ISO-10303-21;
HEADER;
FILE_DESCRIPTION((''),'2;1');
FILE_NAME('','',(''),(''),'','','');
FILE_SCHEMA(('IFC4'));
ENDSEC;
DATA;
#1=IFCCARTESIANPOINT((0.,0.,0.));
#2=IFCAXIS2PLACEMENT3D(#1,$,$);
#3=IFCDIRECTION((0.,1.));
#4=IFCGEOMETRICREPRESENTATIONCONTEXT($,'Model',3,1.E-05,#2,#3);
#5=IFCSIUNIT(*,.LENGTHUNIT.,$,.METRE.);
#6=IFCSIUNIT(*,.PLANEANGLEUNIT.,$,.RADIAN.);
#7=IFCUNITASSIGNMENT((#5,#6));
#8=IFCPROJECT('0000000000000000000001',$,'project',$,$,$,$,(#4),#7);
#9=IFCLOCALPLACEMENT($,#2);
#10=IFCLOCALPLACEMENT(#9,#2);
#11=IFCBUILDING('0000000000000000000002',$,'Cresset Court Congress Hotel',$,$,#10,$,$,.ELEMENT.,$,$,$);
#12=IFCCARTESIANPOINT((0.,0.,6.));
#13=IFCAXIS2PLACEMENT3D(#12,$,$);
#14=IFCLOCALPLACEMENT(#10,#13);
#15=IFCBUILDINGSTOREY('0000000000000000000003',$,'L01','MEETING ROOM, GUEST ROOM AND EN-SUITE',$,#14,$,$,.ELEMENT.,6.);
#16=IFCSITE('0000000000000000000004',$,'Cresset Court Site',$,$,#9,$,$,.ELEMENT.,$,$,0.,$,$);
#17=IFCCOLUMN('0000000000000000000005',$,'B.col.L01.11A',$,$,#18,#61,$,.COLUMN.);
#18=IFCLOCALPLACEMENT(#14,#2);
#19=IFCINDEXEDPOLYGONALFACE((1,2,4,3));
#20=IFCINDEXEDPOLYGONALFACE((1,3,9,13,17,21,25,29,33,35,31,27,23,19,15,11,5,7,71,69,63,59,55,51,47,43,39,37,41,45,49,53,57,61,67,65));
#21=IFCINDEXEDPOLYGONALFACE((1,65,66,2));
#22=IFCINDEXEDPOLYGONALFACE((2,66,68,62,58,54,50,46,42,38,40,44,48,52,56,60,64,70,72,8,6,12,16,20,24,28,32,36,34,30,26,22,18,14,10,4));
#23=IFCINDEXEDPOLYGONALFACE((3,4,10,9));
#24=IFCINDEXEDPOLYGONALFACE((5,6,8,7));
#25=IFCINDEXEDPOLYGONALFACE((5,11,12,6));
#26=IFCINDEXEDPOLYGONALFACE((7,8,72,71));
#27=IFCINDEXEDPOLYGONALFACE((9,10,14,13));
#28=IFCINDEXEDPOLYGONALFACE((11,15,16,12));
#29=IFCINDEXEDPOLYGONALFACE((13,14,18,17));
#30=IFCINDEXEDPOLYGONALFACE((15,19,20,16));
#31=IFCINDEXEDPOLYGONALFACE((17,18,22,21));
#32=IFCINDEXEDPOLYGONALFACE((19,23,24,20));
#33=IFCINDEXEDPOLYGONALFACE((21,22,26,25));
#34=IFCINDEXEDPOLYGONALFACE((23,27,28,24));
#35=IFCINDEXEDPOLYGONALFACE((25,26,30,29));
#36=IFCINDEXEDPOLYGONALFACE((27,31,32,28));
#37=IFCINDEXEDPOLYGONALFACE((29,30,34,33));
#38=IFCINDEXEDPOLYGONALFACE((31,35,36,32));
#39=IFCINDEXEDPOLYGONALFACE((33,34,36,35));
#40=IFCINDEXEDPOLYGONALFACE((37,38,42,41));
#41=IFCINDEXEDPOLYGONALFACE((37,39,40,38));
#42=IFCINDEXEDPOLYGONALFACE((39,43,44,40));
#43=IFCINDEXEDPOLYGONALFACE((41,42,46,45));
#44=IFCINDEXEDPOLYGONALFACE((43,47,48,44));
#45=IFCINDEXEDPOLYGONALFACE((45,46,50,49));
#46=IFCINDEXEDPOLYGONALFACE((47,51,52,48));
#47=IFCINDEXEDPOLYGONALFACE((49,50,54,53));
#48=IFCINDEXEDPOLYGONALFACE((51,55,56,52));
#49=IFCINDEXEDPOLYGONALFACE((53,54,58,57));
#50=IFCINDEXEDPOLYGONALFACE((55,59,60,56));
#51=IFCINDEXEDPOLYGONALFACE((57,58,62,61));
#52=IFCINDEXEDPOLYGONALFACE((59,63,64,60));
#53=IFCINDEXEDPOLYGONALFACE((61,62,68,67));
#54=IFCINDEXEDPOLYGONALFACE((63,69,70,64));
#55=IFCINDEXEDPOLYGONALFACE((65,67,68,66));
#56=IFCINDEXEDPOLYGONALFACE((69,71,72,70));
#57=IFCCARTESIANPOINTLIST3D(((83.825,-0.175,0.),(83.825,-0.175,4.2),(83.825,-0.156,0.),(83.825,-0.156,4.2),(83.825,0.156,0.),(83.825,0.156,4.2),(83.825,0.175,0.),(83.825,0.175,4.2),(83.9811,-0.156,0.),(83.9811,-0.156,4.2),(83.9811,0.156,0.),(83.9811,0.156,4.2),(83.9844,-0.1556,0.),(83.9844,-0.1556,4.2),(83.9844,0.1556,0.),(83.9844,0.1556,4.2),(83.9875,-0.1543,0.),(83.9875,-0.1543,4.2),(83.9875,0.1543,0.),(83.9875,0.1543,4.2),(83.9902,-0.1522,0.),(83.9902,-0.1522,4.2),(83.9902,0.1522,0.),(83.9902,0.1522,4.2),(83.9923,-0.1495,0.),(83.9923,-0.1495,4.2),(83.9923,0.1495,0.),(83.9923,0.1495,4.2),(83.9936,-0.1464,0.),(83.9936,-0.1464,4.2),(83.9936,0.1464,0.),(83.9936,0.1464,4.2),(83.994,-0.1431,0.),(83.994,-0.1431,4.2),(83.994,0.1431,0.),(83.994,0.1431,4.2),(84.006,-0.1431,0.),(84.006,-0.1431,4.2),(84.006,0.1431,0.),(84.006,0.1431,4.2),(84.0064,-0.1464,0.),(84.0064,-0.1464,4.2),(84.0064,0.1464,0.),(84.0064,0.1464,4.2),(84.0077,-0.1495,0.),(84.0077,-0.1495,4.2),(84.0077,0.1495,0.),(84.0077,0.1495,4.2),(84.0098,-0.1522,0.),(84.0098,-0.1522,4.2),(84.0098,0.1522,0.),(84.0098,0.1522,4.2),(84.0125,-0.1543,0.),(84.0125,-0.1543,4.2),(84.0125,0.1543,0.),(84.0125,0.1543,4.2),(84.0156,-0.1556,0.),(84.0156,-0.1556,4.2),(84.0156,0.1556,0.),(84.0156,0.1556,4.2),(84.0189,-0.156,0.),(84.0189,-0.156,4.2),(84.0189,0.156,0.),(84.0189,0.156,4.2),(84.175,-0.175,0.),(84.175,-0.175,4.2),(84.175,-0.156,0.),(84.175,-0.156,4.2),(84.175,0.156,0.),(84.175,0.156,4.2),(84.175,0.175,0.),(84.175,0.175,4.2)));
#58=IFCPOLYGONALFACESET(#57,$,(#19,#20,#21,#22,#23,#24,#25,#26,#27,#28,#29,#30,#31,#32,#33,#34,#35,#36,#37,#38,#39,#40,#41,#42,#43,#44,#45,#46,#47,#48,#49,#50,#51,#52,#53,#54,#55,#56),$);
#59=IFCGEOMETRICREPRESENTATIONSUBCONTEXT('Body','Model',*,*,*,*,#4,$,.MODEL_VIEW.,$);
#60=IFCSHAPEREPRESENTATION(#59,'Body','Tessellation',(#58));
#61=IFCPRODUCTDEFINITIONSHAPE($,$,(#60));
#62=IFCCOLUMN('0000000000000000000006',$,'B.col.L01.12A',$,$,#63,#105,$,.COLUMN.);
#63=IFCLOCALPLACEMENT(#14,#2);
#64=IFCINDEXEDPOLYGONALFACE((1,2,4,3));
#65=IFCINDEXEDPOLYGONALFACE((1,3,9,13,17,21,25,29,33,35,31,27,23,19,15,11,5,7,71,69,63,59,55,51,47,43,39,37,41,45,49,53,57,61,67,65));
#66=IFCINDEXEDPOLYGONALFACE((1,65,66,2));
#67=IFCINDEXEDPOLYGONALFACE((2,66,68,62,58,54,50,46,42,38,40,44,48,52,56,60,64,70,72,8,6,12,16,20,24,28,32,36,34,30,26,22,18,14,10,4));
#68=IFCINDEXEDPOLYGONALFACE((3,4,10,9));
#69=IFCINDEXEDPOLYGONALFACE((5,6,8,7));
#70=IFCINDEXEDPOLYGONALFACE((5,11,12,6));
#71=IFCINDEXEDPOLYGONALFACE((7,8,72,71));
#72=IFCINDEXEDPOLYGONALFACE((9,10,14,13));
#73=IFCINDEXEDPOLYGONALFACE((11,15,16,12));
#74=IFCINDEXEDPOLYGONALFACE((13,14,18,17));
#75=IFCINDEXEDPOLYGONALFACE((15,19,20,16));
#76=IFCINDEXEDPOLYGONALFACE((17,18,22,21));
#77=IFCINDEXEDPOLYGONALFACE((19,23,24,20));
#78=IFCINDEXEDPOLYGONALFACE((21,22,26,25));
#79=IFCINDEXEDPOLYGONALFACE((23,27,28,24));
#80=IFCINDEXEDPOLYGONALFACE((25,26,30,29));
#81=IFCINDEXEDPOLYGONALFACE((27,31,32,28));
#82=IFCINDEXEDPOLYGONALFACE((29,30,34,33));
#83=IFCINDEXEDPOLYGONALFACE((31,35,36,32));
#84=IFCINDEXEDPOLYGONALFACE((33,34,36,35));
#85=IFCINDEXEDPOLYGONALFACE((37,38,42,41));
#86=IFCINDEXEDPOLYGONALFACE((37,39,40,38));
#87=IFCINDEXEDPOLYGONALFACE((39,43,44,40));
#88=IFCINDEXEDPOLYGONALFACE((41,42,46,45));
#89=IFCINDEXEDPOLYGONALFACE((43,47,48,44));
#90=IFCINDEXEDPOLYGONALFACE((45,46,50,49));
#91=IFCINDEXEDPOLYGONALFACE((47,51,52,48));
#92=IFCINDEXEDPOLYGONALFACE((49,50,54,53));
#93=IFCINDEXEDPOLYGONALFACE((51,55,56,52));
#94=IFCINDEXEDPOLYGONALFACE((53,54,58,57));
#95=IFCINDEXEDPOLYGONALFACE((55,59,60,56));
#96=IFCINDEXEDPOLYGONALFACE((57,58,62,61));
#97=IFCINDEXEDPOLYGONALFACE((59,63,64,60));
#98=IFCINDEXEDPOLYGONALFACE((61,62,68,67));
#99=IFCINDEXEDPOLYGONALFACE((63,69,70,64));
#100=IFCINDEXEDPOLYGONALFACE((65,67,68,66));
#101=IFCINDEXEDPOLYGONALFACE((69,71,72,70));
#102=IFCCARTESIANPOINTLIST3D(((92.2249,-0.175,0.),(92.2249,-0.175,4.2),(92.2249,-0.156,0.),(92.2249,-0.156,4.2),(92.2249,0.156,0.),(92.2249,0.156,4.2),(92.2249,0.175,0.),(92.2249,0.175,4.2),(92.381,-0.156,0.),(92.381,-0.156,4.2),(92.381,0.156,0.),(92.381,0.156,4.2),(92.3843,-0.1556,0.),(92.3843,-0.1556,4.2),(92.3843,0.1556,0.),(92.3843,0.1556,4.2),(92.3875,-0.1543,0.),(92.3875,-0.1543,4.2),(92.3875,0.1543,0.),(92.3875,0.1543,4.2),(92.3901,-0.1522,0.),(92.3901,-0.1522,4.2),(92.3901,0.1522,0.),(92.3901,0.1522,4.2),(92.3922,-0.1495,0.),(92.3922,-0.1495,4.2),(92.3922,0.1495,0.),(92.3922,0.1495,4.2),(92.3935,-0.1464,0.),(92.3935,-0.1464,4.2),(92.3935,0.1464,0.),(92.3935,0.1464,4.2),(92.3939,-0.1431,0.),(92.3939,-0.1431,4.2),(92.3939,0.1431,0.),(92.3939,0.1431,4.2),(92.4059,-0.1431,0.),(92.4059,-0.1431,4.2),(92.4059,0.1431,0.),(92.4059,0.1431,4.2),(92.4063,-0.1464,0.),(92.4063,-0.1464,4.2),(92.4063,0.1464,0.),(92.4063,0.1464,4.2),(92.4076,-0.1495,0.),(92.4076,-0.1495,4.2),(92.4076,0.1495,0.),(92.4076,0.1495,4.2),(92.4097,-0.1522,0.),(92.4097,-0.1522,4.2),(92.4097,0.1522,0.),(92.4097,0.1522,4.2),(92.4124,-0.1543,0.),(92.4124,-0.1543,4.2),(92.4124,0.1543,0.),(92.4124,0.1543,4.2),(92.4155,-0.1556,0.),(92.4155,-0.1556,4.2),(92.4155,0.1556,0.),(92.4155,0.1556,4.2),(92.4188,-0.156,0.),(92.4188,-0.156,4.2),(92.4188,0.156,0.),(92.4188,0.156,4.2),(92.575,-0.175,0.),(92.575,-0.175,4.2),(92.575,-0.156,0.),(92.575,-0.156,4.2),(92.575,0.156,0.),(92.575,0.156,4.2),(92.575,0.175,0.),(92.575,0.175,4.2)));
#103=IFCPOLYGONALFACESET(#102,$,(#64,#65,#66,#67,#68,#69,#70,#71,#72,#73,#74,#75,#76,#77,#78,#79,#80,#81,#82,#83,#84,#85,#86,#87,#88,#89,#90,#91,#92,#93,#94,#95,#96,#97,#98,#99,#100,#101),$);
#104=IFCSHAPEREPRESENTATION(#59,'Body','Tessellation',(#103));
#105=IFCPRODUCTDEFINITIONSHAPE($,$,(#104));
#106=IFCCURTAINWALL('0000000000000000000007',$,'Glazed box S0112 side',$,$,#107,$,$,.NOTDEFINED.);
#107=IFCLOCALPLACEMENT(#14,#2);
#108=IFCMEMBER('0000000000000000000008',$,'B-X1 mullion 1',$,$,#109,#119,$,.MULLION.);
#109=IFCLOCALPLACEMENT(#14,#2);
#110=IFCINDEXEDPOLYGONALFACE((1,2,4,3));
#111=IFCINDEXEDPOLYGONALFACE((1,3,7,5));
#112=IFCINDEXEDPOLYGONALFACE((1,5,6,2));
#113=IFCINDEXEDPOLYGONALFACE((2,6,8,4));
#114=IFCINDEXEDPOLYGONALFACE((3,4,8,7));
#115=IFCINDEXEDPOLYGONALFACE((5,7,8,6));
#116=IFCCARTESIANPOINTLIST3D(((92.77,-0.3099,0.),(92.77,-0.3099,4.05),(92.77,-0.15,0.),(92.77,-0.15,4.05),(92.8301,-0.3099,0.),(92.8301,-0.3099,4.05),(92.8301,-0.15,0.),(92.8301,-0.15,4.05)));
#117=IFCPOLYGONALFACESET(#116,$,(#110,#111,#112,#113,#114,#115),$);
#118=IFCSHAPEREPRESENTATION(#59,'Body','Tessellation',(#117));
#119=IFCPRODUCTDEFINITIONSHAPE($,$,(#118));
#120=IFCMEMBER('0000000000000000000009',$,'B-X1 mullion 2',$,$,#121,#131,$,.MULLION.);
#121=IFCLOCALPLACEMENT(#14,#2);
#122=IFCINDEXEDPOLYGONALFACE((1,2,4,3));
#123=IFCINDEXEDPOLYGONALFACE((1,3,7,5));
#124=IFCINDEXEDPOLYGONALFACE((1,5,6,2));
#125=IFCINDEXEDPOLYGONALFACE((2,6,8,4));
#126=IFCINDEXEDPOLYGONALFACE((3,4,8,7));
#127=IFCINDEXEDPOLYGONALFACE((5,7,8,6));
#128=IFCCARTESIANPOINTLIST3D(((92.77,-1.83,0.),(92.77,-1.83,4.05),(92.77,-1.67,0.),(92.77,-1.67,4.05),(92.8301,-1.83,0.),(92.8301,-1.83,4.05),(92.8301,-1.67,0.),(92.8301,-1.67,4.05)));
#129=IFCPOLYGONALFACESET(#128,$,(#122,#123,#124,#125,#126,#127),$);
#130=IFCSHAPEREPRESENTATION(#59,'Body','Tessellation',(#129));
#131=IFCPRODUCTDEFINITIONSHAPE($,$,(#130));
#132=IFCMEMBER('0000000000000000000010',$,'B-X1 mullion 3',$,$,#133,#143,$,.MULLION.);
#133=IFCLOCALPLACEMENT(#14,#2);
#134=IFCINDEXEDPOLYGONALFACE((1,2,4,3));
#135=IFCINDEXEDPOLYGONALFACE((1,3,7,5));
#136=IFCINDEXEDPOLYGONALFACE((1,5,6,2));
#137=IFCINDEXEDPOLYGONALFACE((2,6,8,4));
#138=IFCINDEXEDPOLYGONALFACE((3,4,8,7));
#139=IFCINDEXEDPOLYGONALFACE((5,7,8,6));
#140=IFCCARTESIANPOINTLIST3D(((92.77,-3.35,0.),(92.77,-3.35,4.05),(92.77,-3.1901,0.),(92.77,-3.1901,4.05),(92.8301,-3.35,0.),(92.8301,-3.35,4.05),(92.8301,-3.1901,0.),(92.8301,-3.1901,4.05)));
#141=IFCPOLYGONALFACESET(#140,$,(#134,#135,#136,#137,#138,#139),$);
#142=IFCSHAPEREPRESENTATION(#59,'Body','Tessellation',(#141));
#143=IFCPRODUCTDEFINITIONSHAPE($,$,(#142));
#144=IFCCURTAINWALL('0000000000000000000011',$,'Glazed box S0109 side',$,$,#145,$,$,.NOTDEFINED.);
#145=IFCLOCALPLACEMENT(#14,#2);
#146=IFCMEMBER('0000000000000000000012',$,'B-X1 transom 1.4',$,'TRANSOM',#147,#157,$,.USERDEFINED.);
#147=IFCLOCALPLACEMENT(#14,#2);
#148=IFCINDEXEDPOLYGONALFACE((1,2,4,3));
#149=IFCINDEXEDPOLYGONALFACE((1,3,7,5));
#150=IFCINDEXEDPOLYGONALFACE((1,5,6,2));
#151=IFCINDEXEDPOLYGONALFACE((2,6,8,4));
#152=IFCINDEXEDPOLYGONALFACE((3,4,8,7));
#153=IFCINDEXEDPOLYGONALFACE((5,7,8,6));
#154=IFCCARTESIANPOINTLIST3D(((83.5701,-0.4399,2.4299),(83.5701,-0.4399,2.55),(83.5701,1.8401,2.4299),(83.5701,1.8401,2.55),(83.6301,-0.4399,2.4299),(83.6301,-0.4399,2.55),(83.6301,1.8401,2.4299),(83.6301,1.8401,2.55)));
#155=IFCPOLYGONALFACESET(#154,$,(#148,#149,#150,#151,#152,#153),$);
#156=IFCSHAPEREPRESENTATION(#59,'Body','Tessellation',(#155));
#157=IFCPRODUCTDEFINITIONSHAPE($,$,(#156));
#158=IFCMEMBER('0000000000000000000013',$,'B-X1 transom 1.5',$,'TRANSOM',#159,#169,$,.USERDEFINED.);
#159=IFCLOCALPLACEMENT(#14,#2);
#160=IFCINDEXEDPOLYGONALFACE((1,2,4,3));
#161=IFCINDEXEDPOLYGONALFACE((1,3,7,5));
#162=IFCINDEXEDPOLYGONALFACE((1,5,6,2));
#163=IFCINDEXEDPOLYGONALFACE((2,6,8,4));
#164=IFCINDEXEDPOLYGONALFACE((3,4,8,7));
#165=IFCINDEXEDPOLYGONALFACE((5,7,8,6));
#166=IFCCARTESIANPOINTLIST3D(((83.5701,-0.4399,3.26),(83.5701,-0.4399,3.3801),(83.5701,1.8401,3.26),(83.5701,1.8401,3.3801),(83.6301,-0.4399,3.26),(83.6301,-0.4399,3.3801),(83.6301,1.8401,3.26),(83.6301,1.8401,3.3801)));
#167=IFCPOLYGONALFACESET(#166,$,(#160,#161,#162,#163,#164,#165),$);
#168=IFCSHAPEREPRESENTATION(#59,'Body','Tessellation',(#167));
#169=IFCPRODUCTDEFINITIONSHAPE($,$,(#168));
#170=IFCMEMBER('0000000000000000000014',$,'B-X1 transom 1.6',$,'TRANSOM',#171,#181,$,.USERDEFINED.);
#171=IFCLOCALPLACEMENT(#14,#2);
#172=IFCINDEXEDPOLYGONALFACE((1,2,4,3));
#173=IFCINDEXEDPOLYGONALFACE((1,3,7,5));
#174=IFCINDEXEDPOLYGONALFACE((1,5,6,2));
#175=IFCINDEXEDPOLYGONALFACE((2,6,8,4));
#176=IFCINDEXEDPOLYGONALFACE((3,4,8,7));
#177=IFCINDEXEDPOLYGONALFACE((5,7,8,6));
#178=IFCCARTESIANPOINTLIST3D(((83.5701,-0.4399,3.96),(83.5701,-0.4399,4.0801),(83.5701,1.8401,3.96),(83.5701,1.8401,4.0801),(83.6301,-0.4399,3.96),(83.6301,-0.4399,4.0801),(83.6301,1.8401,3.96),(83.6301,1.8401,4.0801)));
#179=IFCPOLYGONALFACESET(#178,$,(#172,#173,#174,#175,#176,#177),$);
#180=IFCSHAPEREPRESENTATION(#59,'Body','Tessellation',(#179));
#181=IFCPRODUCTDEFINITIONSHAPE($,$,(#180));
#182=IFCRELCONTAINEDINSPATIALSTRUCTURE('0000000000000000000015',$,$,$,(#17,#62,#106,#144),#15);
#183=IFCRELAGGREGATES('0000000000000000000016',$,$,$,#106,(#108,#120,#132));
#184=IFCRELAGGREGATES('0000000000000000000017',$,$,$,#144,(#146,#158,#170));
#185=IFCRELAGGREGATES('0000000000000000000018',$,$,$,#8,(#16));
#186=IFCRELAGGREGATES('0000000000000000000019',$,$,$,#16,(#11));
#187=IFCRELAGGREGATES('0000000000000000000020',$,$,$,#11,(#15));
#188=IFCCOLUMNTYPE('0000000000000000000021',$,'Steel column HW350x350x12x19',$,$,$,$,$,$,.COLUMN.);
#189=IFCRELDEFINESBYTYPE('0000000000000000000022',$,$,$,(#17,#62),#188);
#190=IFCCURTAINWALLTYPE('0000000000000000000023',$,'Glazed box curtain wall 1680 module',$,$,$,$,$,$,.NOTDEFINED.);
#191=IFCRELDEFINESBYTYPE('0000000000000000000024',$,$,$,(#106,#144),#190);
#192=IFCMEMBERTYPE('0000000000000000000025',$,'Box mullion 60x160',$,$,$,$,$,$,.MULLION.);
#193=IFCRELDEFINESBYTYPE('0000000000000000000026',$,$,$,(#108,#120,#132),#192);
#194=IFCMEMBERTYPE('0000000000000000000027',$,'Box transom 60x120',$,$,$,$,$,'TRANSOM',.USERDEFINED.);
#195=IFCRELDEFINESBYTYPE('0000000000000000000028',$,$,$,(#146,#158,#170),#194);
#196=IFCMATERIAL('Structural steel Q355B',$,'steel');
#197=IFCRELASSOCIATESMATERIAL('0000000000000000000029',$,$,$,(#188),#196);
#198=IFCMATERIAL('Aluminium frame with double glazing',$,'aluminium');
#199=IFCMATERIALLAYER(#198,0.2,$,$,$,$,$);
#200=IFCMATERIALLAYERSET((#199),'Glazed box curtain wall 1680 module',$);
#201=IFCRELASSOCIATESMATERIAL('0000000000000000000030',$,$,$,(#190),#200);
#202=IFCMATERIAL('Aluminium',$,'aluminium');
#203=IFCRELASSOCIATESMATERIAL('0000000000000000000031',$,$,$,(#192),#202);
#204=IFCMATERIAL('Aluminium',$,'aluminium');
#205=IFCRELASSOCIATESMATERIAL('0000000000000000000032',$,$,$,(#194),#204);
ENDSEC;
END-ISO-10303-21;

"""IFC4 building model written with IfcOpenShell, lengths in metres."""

from ifc_helpers import new_model, si_unit, direction, frame, origin, origin_2d, place, context, subcontext, project, spatial, rectangle, i_section, extrude, material, layer, layer_set, material_profile, profile_set, type_object, element, aggregate, save


model = new_model("IFC4")

# Units and contexts
model_context = context("Model", 3, precision=1e-05, world=origin(), true_north=direction((0.0, 1.0)))
body_context = subcontext(model_context, "Body", "Model", "MODEL_VIEW")
ifc_project = project(units=[si_unit("LENGTHUNIT", "METRE"), si_unit("PLANEANGLEUNIT", "RADIAN")], contexts=[model_context])

# Site, building, storey
site_placement = place(None, origin())
site = spatial("IfcSite", under=ifc_project, at=site_placement, Name="Cresset Court Site", CompositionType="ELEMENT", RefElevation=0.0)
building_placement = place(site_placement, origin())
building = spatial("IfcBuilding", under=site, at=building_placement, Name="Cresset Court Congress Hotel", CompositionType="ELEMENT")
storey_placement = place(building_placement, frame((0.0, 0.0, 6.0)))
storey = spatial("IfcBuildingStorey", under=building, at=storey_placement, Name="L01", Description="MEETING ROOM, GUEST ROOM AND EN-SUITE", CompositionType="ELEMENT", Elevation=6.0)

# Columns
ifc_material_1 = material(Name="Structural steel Q355B", Category="steel")
ifc_material_profile_1 = material_profile(ifc_material_1, i_section(OverallWidth=0.3501, OverallDepth=0.3501, WebThickness=0.012, FlangeThickness=0.019, FilletRadius=0.0129, at=origin_2d()), Name="HW350x350x12x19")
ifc_profile_set_1 = profile_set([ifc_material_profile_1], Name="Structural steel Q355B")
column_type = type_object("IfcColumnType", Name="Steel column HW350x350x12x19", PredefinedType="COLUMN", material=ifc_profile_set_1)
for number, where, z_axis, x_axis, name in (
    (1, (84.0, 0.0, 0.0), (0.0, 0.0, 1.0), (1.0, 0.0, 0.0), "B.col.L01.11A"),
    (2, (92.3999, 0.0, 0.0), (0.0, 0.0, 1.0), (1.0, 0.0, 0.0), "B.col.L01.12A"),
):
    element("IfcColumn", number, at=place(storey_placement, frame(where, z_axis=z_axis, x_axis=x_axis)), inside=storey, type_object=column_type, Name=name, PredefinedType="COLUMN", context=body_context, shape_type="SweptSolid", body=[
        extrude(i_section(OverallWidth=0.3501, OverallDepth=0.3501, WebThickness=0.012, FlangeThickness=0.019, FilletRadius=0.0129, at=origin_2d()), origin(), (0.0, 0.0, 1.0), 4.2),
    ])

# Curtain walls, members
ifc_material_2 = material(Name="Aluminium frame with double glazing", Category="aluminium")
ifc_layer_1 = layer(ifc_material_2, 0.2)
ifc_layer_set_1 = layer_set([ifc_layer_1], Name="Glazed box curtain wall 1680 module")
curtain_wall_type = type_object("IfcCurtainWallType", Name="Glazed box curtain wall 1680 module", PredefinedType="NOTDEFINED", material=ifc_layer_set_1)
curtain_wall_1_placement = place(storey_placement, origin())
curtain_wall_1 = element("IfcCurtainWall", 3, at=curtain_wall_1_placement, inside=storey, type_object=curtain_wall_type, Name="Glazed box S0112 side", PredefinedType="NOTDEFINED")
ifc_material_3 = material(Name="Aluminium", Category="aluminium")
ifc_material_profile_2 = material_profile(ifc_material_3, rectangle(XDim=0.0601, YDim=0.1599, at=origin_2d()), Name="Box mullion 60x160")
ifc_profile_set_2 = profile_set([ifc_material_profile_2], Name="Aluminium")
member_type_1 = type_object("IfcMemberType", Name="Box mullion 60x160", PredefinedType="MULLION", material=ifc_profile_set_2)
member_1_placement = place(storey_placement, frame((92.8, -0.23, 0.0), z_axis=(0.0, 0.0, 1.0), x_axis=(1.0, 0.0, 0.0)))
member_1 = element("IfcMember", 4, at=member_1_placement, type_object=member_type_1, Name="B-X1 mullion 1", PredefinedType="MULLION", context=body_context, shape_type="SweptSolid", body=[
    extrude(rectangle(XDim=0.0601, YDim=0.1599, at=origin_2d()), origin(), (0.0, 0.0, 1.0), 4.05),
])
member_2_placement = place(storey_placement, frame((92.8, -1.75, 0.0), z_axis=(0.0, 0.0, 1.0), x_axis=(1.0, 0.0, 0.0)))
member_2 = element("IfcMember", 5, at=member_2_placement, type_object=member_type_1, Name="B-X1 mullion 2", PredefinedType="MULLION", context=body_context, shape_type="SweptSolid", body=[
    extrude(rectangle(XDim=0.0601, YDim=0.1599, at=origin_2d()), origin(), (0.0, 0.0, 1.0), 4.05),
])
member_3_placement = place(storey_placement, frame((92.8, -3.27, 0.0), z_axis=(0.0, 0.0, 1.0), x_axis=(1.0, 0.0, 0.0)))
member_3 = element("IfcMember", 6, at=member_3_placement, type_object=member_type_1, Name="B-X1 mullion 3", PredefinedType="MULLION", context=body_context, shape_type="SweptSolid", body=[
    extrude(rectangle(XDim=0.0601, YDim=0.1599, at=origin_2d()), origin(), (0.0, 0.0, 1.0), 4.05),
])
aggregate(curtain_wall_1, [member_1, member_2, member_3])
curtain_wall_2_placement = place(storey_placement, origin())
curtain_wall_2 = element("IfcCurtainWall", 7, at=curtain_wall_2_placement, inside=storey, type_object=curtain_wall_type, Name="Glazed box S0109 side", PredefinedType="NOTDEFINED")
ifc_material_4 = material(Name="Aluminium", Category="aluminium")
ifc_material_profile_3 = material_profile(ifc_material_4, rectangle(XDim=0.0601, YDim=0.1201, at=origin_2d()), Name="Box transom 60x120")
ifc_profile_set_3 = profile_set([ifc_material_profile_3], Name="Aluminium")
member_type_2 = type_object("IfcMemberType", Name="Box transom 60x120", ElementType="TRANSOM", PredefinedType="USERDEFINED", material=ifc_profile_set_3)
member_4_placement = place(storey_placement, frame((83.6001, -0.4399, 2.49), z_axis=(0.0, 1.0, 0.0), x_axis=(-1.0, 0.0, 0.0)))
member_4 = element("IfcMember", 8, at=member_4_placement, type_object=member_type_2, Name="B-X1 transom 1.4", ObjectType="TRANSOM", PredefinedType="USERDEFINED", context=body_context, shape_type="SweptSolid", body=[
    extrude(rectangle(XDim=0.0601, YDim=0.1201, at=origin_2d()), origin(), (0.0, 0.0, 1.0), 2.28),
])
member_5_placement = place(storey_placement, frame((83.6001, -0.4399, 3.3201), z_axis=(0.0, 1.0, 0.0), x_axis=(-1.0, 0.0, 0.0)))
member_5 = element("IfcMember", 9, at=member_5_placement, type_object=member_type_2, Name="B-X1 transom 1.5", ObjectType="TRANSOM", PredefinedType="USERDEFINED", context=body_context, shape_type="SweptSolid", body=[
    extrude(rectangle(XDim=0.0601, YDim=0.1201, at=origin_2d()), origin(), (0.0, 0.0, 1.0), 2.28),
])
member_6_placement = place(storey_placement, frame((83.6001, -0.4399, 4.02), z_axis=(0.0, 1.0, 0.0), x_axis=(-1.0, 0.0, 0.0)))
member_6 = element("IfcMember", 10, at=member_6_placement, type_object=member_type_2, Name="B-X1 transom 1.6", ObjectType="TRANSOM", PredefinedType="USERDEFINED", context=body_context, shape_type="SweptSolid", body=[
    extrude(rectangle(XDim=0.0601, YDim=0.1201, at=origin_2d()), origin(), (0.0, 0.0, 1.0), 2.28),
])
aggregate(curtain_wall_2, [member_4, member_5, member_6])

save(model, "model.ifc")
